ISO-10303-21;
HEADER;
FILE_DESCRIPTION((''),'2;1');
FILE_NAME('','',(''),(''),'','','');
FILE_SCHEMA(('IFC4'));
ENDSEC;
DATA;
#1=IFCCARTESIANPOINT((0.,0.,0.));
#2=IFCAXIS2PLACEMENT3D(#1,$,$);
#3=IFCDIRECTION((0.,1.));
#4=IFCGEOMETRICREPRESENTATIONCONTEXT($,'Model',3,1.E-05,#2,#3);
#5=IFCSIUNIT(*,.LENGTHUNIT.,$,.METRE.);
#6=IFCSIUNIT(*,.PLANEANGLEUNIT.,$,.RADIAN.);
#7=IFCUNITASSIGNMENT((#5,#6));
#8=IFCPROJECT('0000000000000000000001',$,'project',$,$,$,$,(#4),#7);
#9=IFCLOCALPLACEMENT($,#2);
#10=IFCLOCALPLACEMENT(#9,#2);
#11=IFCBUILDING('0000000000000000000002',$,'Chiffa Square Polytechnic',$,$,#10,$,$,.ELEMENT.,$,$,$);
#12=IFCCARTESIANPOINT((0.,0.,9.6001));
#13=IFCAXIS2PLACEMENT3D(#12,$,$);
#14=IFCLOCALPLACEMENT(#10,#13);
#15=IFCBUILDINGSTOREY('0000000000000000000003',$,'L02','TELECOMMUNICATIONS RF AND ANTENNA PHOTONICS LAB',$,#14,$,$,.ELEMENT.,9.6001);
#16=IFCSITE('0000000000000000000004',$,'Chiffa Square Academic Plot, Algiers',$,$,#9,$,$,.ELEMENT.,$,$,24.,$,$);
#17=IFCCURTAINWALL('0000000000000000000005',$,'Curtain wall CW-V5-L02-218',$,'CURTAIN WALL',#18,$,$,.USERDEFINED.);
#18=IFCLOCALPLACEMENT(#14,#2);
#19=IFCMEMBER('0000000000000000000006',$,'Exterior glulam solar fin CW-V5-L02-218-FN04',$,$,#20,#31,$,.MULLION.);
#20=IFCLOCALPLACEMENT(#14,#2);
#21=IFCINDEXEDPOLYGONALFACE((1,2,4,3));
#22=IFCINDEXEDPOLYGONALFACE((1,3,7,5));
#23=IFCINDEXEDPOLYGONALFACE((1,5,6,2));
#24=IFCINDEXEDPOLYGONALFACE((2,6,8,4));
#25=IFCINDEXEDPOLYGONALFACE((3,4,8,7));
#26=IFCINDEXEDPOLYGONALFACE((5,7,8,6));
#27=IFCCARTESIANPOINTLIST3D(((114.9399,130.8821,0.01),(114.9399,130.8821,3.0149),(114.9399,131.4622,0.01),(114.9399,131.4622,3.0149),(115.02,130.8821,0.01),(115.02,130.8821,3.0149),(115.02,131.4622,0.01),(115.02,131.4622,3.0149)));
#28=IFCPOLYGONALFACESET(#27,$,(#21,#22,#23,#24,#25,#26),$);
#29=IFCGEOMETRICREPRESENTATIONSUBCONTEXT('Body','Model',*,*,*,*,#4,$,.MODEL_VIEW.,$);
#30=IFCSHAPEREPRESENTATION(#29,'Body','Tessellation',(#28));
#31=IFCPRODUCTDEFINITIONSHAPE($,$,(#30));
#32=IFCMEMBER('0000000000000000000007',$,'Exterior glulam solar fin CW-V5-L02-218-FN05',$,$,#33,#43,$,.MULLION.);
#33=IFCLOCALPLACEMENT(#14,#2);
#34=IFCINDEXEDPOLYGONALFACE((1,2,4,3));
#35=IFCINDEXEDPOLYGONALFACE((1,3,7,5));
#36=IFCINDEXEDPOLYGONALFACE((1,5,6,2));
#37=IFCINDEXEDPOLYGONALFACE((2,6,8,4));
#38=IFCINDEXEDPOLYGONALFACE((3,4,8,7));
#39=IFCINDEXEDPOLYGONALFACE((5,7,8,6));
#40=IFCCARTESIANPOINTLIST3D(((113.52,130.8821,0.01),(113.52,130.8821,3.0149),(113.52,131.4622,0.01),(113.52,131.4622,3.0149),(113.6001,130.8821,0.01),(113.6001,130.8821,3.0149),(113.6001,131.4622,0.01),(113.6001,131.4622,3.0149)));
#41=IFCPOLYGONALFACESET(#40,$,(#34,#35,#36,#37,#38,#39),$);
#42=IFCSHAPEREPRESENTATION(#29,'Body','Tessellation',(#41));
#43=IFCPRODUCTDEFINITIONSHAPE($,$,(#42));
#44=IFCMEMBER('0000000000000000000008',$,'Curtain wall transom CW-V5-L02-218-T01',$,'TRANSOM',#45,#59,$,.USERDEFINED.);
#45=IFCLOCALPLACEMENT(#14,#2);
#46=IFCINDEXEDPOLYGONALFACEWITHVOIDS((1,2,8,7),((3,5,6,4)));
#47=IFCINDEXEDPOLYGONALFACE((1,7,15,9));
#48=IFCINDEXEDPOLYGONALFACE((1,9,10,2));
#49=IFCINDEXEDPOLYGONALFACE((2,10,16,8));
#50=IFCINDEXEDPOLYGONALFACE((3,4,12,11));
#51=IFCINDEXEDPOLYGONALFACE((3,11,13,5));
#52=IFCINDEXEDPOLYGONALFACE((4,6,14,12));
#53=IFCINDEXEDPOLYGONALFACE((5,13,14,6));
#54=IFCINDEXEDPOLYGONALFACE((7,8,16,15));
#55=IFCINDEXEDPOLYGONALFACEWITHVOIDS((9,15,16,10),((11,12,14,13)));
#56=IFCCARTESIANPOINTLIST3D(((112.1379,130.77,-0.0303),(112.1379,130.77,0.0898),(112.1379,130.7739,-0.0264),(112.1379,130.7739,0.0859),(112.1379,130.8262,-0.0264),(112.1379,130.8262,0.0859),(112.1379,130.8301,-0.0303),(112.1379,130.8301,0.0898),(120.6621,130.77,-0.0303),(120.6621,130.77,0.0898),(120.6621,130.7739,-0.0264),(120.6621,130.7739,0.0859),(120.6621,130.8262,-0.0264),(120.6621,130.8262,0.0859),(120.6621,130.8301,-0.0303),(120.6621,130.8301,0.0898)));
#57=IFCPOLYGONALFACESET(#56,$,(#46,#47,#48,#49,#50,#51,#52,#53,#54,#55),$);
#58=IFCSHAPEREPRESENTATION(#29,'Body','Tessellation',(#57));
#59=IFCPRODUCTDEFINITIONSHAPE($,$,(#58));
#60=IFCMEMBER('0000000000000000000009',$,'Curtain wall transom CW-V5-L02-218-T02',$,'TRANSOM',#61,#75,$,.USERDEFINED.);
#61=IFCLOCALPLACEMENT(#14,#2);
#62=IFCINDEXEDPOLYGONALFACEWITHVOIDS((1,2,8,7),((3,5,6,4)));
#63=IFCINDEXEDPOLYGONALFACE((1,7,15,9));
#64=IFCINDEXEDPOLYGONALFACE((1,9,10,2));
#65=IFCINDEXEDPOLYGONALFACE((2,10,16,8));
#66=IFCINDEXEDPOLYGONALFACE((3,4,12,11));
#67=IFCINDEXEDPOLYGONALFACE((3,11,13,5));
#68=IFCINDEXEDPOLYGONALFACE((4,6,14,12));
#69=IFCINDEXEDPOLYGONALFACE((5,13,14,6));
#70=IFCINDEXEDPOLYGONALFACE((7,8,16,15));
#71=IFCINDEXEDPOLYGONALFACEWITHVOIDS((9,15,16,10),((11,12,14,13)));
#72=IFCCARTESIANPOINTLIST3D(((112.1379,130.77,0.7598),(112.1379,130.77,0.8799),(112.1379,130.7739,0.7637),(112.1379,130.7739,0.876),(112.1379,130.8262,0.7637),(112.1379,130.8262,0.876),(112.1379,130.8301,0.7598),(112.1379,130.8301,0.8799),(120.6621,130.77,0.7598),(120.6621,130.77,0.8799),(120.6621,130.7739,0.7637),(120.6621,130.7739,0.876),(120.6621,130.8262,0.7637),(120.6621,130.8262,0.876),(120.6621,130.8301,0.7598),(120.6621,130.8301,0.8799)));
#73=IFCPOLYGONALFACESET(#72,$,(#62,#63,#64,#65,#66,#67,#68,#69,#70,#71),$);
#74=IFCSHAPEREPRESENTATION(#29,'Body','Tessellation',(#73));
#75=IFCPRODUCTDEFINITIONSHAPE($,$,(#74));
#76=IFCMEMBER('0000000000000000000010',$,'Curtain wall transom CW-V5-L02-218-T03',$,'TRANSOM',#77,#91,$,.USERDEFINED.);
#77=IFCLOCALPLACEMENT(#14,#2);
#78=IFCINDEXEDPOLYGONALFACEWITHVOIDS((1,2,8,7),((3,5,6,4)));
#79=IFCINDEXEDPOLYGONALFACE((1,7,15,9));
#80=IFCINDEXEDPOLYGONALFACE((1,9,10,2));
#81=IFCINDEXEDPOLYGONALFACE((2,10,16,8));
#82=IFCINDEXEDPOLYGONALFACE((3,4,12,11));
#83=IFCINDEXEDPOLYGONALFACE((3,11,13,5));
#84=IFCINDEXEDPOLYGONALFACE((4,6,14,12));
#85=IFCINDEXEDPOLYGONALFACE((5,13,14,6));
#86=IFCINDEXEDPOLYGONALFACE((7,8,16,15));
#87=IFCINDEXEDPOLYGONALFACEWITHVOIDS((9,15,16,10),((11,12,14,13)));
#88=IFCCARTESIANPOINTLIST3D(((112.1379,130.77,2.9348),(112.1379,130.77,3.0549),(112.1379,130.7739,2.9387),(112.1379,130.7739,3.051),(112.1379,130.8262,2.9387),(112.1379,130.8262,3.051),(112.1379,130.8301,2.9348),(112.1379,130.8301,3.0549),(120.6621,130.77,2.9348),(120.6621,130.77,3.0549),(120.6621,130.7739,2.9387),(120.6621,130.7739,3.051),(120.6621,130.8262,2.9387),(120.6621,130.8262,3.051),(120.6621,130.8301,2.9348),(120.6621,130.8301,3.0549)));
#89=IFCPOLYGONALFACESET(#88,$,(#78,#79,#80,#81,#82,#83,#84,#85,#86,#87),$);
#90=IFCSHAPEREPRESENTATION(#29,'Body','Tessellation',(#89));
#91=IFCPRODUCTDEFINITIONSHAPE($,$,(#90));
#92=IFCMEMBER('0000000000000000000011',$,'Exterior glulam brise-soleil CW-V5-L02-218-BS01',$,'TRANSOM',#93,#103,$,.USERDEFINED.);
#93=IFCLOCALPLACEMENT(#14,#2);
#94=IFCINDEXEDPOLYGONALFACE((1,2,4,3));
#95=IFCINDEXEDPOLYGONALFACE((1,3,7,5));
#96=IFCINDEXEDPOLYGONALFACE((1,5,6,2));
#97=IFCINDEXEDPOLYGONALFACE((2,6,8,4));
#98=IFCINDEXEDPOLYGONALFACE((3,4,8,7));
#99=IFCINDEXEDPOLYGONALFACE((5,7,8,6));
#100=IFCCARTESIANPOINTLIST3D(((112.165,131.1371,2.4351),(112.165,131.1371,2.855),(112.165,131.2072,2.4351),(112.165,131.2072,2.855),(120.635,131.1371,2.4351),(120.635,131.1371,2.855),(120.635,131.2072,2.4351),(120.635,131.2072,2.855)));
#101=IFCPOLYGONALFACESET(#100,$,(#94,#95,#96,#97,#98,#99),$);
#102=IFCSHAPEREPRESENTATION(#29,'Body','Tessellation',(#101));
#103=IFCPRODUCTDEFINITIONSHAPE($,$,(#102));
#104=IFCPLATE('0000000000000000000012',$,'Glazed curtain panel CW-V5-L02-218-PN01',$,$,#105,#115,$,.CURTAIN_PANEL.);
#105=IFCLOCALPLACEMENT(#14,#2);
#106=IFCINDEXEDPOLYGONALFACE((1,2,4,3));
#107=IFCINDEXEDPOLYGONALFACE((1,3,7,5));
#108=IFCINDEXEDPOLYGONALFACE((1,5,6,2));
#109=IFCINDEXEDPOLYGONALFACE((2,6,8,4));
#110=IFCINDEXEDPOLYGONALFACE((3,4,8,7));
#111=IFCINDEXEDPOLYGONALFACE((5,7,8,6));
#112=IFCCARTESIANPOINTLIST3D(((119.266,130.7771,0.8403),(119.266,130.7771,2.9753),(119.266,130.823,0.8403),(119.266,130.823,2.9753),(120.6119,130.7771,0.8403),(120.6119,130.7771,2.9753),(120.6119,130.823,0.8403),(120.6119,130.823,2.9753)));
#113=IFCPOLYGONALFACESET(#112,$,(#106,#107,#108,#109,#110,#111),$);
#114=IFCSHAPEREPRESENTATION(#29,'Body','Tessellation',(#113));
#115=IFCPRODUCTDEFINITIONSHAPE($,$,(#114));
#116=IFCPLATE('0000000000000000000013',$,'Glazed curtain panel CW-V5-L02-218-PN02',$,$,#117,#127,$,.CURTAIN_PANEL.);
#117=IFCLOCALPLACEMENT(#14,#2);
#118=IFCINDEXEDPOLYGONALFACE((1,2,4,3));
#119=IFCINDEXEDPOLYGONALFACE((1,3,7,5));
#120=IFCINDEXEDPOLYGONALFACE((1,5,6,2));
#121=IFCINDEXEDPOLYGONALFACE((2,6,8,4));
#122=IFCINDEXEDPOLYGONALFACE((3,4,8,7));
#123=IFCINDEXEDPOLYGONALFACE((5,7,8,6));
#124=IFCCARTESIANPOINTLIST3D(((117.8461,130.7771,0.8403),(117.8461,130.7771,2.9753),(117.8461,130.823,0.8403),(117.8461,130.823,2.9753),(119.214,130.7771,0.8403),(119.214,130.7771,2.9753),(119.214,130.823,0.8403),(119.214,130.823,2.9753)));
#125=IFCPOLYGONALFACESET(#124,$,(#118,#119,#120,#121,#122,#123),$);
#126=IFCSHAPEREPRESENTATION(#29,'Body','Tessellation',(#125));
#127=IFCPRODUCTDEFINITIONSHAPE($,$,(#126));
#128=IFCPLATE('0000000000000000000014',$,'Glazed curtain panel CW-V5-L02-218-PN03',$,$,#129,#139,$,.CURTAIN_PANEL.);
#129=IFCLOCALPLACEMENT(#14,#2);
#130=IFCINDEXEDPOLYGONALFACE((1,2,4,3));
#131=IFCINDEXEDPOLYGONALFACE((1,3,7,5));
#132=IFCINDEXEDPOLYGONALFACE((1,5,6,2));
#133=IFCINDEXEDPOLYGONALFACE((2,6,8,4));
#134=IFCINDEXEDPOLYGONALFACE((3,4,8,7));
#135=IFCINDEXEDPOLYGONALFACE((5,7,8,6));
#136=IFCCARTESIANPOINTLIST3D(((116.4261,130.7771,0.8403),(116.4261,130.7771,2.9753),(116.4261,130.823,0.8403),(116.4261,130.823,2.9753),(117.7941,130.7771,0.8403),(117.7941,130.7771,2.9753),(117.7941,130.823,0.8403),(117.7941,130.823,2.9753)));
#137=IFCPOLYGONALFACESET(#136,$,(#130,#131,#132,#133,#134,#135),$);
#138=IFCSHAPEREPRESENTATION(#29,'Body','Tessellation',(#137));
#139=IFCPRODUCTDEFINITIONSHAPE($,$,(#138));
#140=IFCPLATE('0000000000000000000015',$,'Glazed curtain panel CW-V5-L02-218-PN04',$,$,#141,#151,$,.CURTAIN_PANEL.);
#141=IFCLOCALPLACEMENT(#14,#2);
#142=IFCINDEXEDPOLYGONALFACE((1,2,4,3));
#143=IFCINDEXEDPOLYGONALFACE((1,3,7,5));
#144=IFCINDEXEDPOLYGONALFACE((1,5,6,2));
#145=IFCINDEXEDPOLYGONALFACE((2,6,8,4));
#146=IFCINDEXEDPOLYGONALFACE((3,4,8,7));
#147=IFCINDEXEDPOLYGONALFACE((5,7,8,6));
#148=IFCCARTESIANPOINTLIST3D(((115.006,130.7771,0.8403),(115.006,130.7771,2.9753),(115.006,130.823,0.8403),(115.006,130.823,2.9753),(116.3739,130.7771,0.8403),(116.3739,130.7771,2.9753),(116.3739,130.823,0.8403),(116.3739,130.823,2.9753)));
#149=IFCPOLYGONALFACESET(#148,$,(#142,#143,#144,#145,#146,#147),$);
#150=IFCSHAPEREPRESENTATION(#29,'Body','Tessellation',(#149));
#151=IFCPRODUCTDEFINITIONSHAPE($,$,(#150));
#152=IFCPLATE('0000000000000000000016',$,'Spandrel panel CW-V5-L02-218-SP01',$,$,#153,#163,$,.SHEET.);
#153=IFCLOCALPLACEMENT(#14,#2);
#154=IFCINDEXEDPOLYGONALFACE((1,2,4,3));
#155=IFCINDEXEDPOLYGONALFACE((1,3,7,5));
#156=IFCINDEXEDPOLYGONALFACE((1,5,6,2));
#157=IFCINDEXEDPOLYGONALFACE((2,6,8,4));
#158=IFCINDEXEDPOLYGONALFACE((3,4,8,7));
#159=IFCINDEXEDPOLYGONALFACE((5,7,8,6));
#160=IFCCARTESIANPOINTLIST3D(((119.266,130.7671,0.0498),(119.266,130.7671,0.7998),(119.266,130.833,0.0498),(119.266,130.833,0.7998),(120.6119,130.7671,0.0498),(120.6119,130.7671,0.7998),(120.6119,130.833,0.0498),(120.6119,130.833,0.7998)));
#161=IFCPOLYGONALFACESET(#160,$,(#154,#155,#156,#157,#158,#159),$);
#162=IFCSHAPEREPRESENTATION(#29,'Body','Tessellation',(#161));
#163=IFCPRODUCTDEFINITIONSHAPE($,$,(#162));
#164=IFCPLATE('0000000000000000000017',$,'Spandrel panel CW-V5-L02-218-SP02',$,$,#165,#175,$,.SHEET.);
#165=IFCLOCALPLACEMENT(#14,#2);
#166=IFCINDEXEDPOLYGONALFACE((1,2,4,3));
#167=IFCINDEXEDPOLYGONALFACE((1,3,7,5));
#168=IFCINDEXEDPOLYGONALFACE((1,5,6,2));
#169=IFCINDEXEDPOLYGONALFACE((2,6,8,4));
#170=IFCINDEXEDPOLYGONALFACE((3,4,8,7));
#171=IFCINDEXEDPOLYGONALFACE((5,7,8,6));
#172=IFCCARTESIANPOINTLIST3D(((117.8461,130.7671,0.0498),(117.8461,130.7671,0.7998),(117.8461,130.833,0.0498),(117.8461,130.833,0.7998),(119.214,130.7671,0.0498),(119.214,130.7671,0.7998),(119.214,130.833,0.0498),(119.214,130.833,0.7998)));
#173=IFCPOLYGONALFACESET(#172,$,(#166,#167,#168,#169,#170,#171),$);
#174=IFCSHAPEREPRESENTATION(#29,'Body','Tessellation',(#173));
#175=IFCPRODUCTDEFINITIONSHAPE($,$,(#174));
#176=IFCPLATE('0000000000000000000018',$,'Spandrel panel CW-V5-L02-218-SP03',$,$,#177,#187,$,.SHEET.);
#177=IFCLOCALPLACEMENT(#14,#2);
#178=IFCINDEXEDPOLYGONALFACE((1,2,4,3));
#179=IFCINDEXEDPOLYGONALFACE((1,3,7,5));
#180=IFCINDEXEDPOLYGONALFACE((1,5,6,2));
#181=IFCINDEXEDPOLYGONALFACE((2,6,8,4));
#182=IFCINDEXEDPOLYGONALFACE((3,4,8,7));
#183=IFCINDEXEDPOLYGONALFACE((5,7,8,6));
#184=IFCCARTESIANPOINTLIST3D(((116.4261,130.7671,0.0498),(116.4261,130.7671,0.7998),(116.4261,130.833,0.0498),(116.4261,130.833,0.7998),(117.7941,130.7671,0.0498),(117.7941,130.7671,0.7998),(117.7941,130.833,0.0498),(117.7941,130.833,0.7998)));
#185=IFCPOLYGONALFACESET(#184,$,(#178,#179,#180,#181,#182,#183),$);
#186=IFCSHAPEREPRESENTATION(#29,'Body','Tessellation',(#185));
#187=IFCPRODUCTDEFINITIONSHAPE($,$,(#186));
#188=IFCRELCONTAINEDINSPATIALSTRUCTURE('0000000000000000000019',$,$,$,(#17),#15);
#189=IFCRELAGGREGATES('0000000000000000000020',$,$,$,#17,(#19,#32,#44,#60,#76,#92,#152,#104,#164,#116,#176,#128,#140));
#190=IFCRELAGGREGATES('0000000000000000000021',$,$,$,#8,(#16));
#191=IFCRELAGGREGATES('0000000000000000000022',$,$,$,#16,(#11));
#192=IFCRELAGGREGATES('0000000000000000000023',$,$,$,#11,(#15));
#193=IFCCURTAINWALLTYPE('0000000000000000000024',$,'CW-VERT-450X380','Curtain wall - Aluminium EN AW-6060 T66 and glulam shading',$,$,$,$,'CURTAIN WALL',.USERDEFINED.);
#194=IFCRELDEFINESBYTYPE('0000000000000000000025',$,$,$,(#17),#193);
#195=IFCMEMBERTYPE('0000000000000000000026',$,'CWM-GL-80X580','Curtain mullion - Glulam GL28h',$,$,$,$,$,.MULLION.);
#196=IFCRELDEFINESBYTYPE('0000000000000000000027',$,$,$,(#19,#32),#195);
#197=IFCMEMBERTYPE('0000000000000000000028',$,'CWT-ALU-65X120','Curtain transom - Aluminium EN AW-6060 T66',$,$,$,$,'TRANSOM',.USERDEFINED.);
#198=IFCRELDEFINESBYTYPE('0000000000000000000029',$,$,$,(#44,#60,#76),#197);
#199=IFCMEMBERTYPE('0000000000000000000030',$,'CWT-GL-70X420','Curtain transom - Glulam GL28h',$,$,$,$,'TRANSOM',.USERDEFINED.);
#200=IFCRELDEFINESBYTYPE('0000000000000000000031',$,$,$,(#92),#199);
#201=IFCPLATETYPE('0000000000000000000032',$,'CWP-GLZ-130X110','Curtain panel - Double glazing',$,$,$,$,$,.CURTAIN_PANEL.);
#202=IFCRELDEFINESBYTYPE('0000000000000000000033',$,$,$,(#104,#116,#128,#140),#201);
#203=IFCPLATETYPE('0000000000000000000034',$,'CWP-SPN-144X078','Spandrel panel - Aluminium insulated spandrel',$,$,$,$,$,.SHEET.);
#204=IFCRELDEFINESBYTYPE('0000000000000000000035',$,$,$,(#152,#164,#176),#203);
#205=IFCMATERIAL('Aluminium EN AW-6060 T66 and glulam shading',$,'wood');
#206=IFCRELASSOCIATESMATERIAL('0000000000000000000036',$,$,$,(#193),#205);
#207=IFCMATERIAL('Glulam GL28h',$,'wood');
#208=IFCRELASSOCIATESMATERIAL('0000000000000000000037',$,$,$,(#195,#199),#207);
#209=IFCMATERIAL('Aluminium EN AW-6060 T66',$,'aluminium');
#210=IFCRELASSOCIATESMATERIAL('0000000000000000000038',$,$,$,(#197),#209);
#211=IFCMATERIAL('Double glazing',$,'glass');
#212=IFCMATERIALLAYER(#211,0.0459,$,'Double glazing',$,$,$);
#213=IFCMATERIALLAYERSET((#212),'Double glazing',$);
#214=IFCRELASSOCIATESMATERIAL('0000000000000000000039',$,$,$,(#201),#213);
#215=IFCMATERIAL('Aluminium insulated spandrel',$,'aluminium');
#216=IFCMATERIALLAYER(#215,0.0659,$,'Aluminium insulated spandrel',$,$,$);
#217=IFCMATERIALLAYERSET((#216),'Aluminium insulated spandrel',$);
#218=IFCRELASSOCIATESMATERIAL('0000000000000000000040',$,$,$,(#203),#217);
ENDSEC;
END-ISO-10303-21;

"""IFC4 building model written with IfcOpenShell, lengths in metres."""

from ifc_helpers import new_model, si_unit, direction, frame, origin, origin_2d, place, context, subcontext, project, spatial, rectangle, hollow_rectangle, extrude, material, layer, layer_set, material_profile, profile_set, type_object, element, aggregate, save


model = new_model("IFC4")

# Units and contexts
model_context = context("Model", 3, precision=1e-05, world=origin(), true_north=direction((0.0, 1.0)))
body_context = subcontext(model_context, "Body", "Model", "MODEL_VIEW")
ifc_project = project(units=[si_unit("LENGTHUNIT", "METRE"), si_unit("PLANEANGLEUNIT", "RADIAN")], contexts=[model_context])

# Site, building, storey
site_placement = place(None, origin())
site = spatial("IfcSite", under=ifc_project, at=site_placement, Name="Chiffa Square Academic Plot, Algiers", CompositionType="ELEMENT", RefElevation=24.0)
building_placement = place(site_placement, origin())
building = spatial("IfcBuilding", under=site, at=building_placement, Name="Chiffa Square Polytechnic", CompositionType="ELEMENT")
storey_placement = place(building_placement, frame((0.0, 0.0, 9.6001)))
storey = spatial("IfcBuildingStorey", under=building, at=storey_placement, Name="L02", Description="TELECOMMUNICATIONS RF AND ANTENNA PHOTONICS LAB", CompositionType="ELEMENT", Elevation=9.6001)

# Curtain wall, members, plates
ifc_material_1 = material(Name="Aluminium EN AW-6060 T66 and glulam shading", Category="wood")
curtain_wall_type = type_object("IfcCurtainWallType", Name="CW-VERT-450X380", Description="Curtain wall - Aluminium EN AW-6060 T66 and glulam shading", ElementType="CURTAIN WALL", PredefinedType="USERDEFINED", material=ifc_material_1)
curtain_wall_placement = place(storey_placement, origin())
curtain_wall = element("IfcCurtainWall", 1, at=curtain_wall_placement, inside=storey, type_object=curtain_wall_type, Name="Curtain wall CW-V5-L02-218", ObjectType="CURTAIN WALL", PredefinedType="USERDEFINED")
ifc_material_2 = material(Name="Aluminium EN AW-6060 T66", Category="aluminium")
ifc_material_3 = material(Name="Glulam GL28h", Category="wood")
ifc_material_profile_1 = material_profile(ifc_material_3, rectangle(XDim=0.0801, YDim=0.5801, at=origin_2d()), Name="GL28h 80x580")
ifc_profile_set_1 = profile_set([ifc_material_profile_1], Name="Glulam GL28h")
member_type_1 = type_object("IfcMemberType", Name="CWM-GL-80X580", Description="Curtain mullion - Glulam GL28h", PredefinedType="MULLION", material=ifc_profile_set_1)
member_1_placement = place(storey_placement, frame((114.98, 131.1721, 0.01), z_axis=(0.0, 0.0, 1.0), x_axis=(-1.0, 0.0, 0.0)))
member_1 = element("IfcMember", 2, at=member_1_placement, type_object=member_type_1, Name="Exterior glulam solar fin CW-V5-L02-218-FN04", PredefinedType="MULLION", context=body_context, shape_type="SweptSolid", body=[
    extrude(rectangle(XDim=0.0801, YDim=0.5801, at=origin_2d()), origin(), (0.0, 0.0, 1.0), 3.0049),
])
member_2_placement = place(storey_placement, frame((113.5601, 131.1721, 0.01), z_axis=(0.0, 0.0, 1.0), x_axis=(-1.0, 0.0, 0.0)))
member_2 = element("IfcMember", 3, at=member_2_placement, type_object=member_type_1, Name="Exterior glulam solar fin CW-V5-L02-218-FN05", PredefinedType="MULLION", context=body_context, shape_type="SweptSolid", body=[
    extrude(rectangle(XDim=0.0801, YDim=0.5801, at=origin_2d()), origin(), (0.0, 0.0, 1.0), 3.0049),
])
ifc_material_profile_2 = material_profile(ifc_material_2, hollow_rectangle(XDim=0.0601, YDim=0.1201, WallThickness=0.0039, at=origin_2d()), Name="ALU 60x120x4")
ifc_profile_set_2 = profile_set([ifc_material_profile_2], Name="Aluminium EN AW-6060 T66")
member_type_2 = type_object("IfcMemberType", Name="CWT-ALU-65X120", Description="Curtain transom - Aluminium EN AW-6060 T66", ElementType="TRANSOM", PredefinedType="USERDEFINED", material=ifc_profile_set_2)
member_3_placement = place(storey_placement, frame((120.6621, 130.8, 0.0298), z_axis=(-1.0, 0.0, 0.0), x_axis=(0.0, -1.0, 0.0)))
member_3 = element("IfcMember", 4, at=member_3_placement, type_object=member_type_2, Name="Curtain wall transom CW-V5-L02-218-T01", ObjectType="TRANSOM", PredefinedType="USERDEFINED", context=body_context, shape_type="SweptSolid", body=[
    extrude(hollow_rectangle(XDim=0.0601, YDim=0.1201, WallThickness=0.0039, at=origin_2d()), origin(), (0.0, 0.0, 1.0), 8.5242),
])
member_4_placement = place(storey_placement, frame((120.6621, 130.8, 0.8198), z_axis=(-1.0, 0.0, 0.0), x_axis=(0.0, -1.0, 0.0)))
member_4 = element("IfcMember", 5, at=member_4_placement, type_object=member_type_2, Name="Curtain wall transom CW-V5-L02-218-T02", ObjectType="TRANSOM", PredefinedType="USERDEFINED", context=body_context, shape_type="SweptSolid", body=[
    extrude(hollow_rectangle(XDim=0.0601, YDim=0.1201, WallThickness=0.0039, at=origin_2d()), origin(), (0.0, 0.0, 1.0), 8.5242),
])
member_5_placement = place(storey_placement, frame((120.6621, 130.8, 2.9949), z_axis=(-1.0, 0.0, 0.0), x_axis=(0.0, -1.0, 0.0)))
member_5 = element("IfcMember", 6, at=member_5_placement, type_object=member_type_2, Name="Curtain wall transom CW-V5-L02-218-T03", ObjectType="TRANSOM", PredefinedType="USERDEFINED", context=body_context, shape_type="SweptSolid", body=[
    extrude(hollow_rectangle(XDim=0.0601, YDim=0.1201, WallThickness=0.0039, at=origin_2d()), origin(), (0.0, 0.0, 1.0), 8.5242),
])
ifc_material_profile_3 = material_profile(ifc_material_3, rectangle(XDim=0.0701, YDim=0.4199, at=origin_2d()), Name="GL28h 70x420")
ifc_profile_set_3 = profile_set([ifc_material_profile_3], Name="Glulam GL28h")
member_type_3 = type_object("IfcMemberType", Name="CWT-GL-70X420", Description="Curtain transom - Glulam GL28h", ElementType="TRANSOM", PredefinedType="USERDEFINED", material=ifc_profile_set_3)
member_6_placement = place(storey_placement, frame((120.635, 131.1721, 2.645), z_axis=(-1.0, 0.0, 0.0), x_axis=(0.0, -1.0, 0.0)))
member_6 = element("IfcMember", 7, at=member_6_placement, type_object=member_type_3, Name="Exterior glulam brise-soleil CW-V5-L02-218-BS01", ObjectType="TRANSOM", PredefinedType="USERDEFINED", context=body_context, shape_type="SweptSolid", body=[
    extrude(rectangle(XDim=0.0701, YDim=0.4199, at=origin_2d()), origin(), (0.0, 0.0, 1.0), 8.47),
])
ifc_material_4 = material(Name="Double glazing", Category="glass")
ifc_layer_1 = layer(ifc_material_4, 0.0459, Name="Double glazing")
ifc_layer_set_1 = layer_set([ifc_layer_1], Name="Double glazing")
plate_type_1 = type_object("IfcPlateType", Name="CWP-GLZ-130X110", Description="Curtain panel - Double glazing", PredefinedType="CURTAIN_PANEL", material=ifc_layer_set_1)
plate_1_placement = place(storey_placement, frame((119.939, 130.8, 0.8403), z_axis=(0.0, 0.0, 1.0), x_axis=(-1.0, 0.0, 0.0)))
plate_1 = element("IfcPlate", 8, at=plate_1_placement, type_object=plate_type_1, Name="Glazed curtain panel CW-V5-L02-218-PN01", PredefinedType="CURTAIN_PANEL", context=body_context, shape_type="SweptSolid", body=[
    extrude(rectangle(XDim=1.3459, YDim=0.0459, at=origin_2d()), origin(), (0.0, 0.0, 1.0), 2.135),
])
plate_2_placement = place(storey_placement, frame((118.53, 130.8, 0.8403), z_axis=(0.0, 0.0, 1.0), x_axis=(-1.0, 0.0, 0.0)))
plate_2 = element("IfcPlate", 9, at=plate_2_placement, type_object=plate_type_1, Name="Glazed curtain panel CW-V5-L02-218-PN02", PredefinedType="CURTAIN_PANEL", context=body_context, shape_type="SweptSolid", body=[
    extrude(rectangle(XDim=1.3679, YDim=0.0459, at=origin_2d()), origin(), (0.0, 0.0, 1.0), 2.135),
])
plate_3_placement = place(storey_placement, frame((117.1101, 130.8, 0.8403), z_axis=(0.0, 0.0, 1.0), x_axis=(-1.0, 0.0, 0.0)))
plate_3 = element("IfcPlate", 10, at=plate_3_placement, type_object=plate_type_1, Name="Glazed curtain panel CW-V5-L02-218-PN03", PredefinedType="CURTAIN_PANEL", context=body_context, shape_type="SweptSolid", body=[
    extrude(rectangle(XDim=1.3679, YDim=0.0459, at=origin_2d()), origin(), (0.0, 0.0, 1.0), 2.135),
])
plate_4_placement = place(storey_placement, frame((115.6899, 130.8, 0.8403), z_axis=(0.0, 0.0, 1.0), x_axis=(-1.0, 0.0, 0.0)))
plate_4 = element("IfcPlate", 11, at=plate_4_placement, type_object=plate_type_1, Name="Glazed curtain panel CW-V5-L02-218-PN04", PredefinedType="CURTAIN_PANEL", context=body_context, shape_type="SweptSolid", body=[
    extrude(rectangle(XDim=1.3679, YDim=0.0459, at=origin_2d()), origin(), (0.0, 0.0, 1.0), 2.135),
])
ifc_material_5 = material(Name="Aluminium insulated spandrel", Category="aluminium")
ifc_layer_2 = layer(ifc_material_5, 0.0659, Name="Aluminium insulated spandrel")
ifc_layer_set_2 = layer_set([ifc_layer_2], Name="Aluminium insulated spandrel")
plate_type_2 = type_object("IfcPlateType", Name="CWP-SPN-144X078", Description="Spandrel panel - Aluminium insulated spandrel", PredefinedType="SHEET", material=ifc_layer_set_2)
plate_5_placement = place(storey_placement, frame((119.939, 130.8, 0.0498), z_axis=(0.0, 0.0, 1.0), x_axis=(-1.0, 0.0, 0.0)))
plate_5 = element("IfcPlate", 12, at=plate_5_placement, type_object=plate_type_2, Name="Spandrel panel CW-V5-L02-218-SP01", PredefinedType="SHEET", context=body_context, shape_type="SweptSolid", body=[
    extrude(rectangle(XDim=1.3459, YDim=0.0659, at=origin_2d()), origin(), (0.0, 0.0, 1.0), 0.75),
])
plate_6_placement = place(storey_placement, frame((118.53, 130.8, 0.0498), z_axis=(0.0, 0.0, 1.0), x_axis=(-1.0, 0.0, 0.0)))
plate_6 = element("IfcPlate", 13, at=plate_6_placement, type_object=plate_type_2, Name="Spandrel panel CW-V5-L02-218-SP02", PredefinedType="SHEET", context=body_context, shape_type="SweptSolid", body=[
    extrude(rectangle(XDim=1.3679, YDim=0.0659, at=origin_2d()), origin(), (0.0, 0.0, 1.0), 0.75),
])
plate_7_placement = place(storey_placement, frame((117.1101, 130.8, 0.0498), z_axis=(0.0, 0.0, 1.0), x_axis=(-1.0, 0.0, 0.0)))
plate_7 = element("IfcPlate", 14, at=plate_7_placement, type_object=plate_type_2, Name="Spandrel panel CW-V5-L02-218-SP03", PredefinedType="SHEET", context=body_context, shape_type="SweptSolid", body=[
    extrude(rectangle(XDim=1.3679, YDim=0.0659, at=origin_2d()), origin(), (0.0, 0.0, 1.0), 0.75),
])
aggregate(curtain_wall, [member_1, member_2, member_3, member_4, member_5, member_6, plate_5, plate_1, plate_6, plate_2, plate_7, plate_3, plate_4])

save(model, "model.ifc")
